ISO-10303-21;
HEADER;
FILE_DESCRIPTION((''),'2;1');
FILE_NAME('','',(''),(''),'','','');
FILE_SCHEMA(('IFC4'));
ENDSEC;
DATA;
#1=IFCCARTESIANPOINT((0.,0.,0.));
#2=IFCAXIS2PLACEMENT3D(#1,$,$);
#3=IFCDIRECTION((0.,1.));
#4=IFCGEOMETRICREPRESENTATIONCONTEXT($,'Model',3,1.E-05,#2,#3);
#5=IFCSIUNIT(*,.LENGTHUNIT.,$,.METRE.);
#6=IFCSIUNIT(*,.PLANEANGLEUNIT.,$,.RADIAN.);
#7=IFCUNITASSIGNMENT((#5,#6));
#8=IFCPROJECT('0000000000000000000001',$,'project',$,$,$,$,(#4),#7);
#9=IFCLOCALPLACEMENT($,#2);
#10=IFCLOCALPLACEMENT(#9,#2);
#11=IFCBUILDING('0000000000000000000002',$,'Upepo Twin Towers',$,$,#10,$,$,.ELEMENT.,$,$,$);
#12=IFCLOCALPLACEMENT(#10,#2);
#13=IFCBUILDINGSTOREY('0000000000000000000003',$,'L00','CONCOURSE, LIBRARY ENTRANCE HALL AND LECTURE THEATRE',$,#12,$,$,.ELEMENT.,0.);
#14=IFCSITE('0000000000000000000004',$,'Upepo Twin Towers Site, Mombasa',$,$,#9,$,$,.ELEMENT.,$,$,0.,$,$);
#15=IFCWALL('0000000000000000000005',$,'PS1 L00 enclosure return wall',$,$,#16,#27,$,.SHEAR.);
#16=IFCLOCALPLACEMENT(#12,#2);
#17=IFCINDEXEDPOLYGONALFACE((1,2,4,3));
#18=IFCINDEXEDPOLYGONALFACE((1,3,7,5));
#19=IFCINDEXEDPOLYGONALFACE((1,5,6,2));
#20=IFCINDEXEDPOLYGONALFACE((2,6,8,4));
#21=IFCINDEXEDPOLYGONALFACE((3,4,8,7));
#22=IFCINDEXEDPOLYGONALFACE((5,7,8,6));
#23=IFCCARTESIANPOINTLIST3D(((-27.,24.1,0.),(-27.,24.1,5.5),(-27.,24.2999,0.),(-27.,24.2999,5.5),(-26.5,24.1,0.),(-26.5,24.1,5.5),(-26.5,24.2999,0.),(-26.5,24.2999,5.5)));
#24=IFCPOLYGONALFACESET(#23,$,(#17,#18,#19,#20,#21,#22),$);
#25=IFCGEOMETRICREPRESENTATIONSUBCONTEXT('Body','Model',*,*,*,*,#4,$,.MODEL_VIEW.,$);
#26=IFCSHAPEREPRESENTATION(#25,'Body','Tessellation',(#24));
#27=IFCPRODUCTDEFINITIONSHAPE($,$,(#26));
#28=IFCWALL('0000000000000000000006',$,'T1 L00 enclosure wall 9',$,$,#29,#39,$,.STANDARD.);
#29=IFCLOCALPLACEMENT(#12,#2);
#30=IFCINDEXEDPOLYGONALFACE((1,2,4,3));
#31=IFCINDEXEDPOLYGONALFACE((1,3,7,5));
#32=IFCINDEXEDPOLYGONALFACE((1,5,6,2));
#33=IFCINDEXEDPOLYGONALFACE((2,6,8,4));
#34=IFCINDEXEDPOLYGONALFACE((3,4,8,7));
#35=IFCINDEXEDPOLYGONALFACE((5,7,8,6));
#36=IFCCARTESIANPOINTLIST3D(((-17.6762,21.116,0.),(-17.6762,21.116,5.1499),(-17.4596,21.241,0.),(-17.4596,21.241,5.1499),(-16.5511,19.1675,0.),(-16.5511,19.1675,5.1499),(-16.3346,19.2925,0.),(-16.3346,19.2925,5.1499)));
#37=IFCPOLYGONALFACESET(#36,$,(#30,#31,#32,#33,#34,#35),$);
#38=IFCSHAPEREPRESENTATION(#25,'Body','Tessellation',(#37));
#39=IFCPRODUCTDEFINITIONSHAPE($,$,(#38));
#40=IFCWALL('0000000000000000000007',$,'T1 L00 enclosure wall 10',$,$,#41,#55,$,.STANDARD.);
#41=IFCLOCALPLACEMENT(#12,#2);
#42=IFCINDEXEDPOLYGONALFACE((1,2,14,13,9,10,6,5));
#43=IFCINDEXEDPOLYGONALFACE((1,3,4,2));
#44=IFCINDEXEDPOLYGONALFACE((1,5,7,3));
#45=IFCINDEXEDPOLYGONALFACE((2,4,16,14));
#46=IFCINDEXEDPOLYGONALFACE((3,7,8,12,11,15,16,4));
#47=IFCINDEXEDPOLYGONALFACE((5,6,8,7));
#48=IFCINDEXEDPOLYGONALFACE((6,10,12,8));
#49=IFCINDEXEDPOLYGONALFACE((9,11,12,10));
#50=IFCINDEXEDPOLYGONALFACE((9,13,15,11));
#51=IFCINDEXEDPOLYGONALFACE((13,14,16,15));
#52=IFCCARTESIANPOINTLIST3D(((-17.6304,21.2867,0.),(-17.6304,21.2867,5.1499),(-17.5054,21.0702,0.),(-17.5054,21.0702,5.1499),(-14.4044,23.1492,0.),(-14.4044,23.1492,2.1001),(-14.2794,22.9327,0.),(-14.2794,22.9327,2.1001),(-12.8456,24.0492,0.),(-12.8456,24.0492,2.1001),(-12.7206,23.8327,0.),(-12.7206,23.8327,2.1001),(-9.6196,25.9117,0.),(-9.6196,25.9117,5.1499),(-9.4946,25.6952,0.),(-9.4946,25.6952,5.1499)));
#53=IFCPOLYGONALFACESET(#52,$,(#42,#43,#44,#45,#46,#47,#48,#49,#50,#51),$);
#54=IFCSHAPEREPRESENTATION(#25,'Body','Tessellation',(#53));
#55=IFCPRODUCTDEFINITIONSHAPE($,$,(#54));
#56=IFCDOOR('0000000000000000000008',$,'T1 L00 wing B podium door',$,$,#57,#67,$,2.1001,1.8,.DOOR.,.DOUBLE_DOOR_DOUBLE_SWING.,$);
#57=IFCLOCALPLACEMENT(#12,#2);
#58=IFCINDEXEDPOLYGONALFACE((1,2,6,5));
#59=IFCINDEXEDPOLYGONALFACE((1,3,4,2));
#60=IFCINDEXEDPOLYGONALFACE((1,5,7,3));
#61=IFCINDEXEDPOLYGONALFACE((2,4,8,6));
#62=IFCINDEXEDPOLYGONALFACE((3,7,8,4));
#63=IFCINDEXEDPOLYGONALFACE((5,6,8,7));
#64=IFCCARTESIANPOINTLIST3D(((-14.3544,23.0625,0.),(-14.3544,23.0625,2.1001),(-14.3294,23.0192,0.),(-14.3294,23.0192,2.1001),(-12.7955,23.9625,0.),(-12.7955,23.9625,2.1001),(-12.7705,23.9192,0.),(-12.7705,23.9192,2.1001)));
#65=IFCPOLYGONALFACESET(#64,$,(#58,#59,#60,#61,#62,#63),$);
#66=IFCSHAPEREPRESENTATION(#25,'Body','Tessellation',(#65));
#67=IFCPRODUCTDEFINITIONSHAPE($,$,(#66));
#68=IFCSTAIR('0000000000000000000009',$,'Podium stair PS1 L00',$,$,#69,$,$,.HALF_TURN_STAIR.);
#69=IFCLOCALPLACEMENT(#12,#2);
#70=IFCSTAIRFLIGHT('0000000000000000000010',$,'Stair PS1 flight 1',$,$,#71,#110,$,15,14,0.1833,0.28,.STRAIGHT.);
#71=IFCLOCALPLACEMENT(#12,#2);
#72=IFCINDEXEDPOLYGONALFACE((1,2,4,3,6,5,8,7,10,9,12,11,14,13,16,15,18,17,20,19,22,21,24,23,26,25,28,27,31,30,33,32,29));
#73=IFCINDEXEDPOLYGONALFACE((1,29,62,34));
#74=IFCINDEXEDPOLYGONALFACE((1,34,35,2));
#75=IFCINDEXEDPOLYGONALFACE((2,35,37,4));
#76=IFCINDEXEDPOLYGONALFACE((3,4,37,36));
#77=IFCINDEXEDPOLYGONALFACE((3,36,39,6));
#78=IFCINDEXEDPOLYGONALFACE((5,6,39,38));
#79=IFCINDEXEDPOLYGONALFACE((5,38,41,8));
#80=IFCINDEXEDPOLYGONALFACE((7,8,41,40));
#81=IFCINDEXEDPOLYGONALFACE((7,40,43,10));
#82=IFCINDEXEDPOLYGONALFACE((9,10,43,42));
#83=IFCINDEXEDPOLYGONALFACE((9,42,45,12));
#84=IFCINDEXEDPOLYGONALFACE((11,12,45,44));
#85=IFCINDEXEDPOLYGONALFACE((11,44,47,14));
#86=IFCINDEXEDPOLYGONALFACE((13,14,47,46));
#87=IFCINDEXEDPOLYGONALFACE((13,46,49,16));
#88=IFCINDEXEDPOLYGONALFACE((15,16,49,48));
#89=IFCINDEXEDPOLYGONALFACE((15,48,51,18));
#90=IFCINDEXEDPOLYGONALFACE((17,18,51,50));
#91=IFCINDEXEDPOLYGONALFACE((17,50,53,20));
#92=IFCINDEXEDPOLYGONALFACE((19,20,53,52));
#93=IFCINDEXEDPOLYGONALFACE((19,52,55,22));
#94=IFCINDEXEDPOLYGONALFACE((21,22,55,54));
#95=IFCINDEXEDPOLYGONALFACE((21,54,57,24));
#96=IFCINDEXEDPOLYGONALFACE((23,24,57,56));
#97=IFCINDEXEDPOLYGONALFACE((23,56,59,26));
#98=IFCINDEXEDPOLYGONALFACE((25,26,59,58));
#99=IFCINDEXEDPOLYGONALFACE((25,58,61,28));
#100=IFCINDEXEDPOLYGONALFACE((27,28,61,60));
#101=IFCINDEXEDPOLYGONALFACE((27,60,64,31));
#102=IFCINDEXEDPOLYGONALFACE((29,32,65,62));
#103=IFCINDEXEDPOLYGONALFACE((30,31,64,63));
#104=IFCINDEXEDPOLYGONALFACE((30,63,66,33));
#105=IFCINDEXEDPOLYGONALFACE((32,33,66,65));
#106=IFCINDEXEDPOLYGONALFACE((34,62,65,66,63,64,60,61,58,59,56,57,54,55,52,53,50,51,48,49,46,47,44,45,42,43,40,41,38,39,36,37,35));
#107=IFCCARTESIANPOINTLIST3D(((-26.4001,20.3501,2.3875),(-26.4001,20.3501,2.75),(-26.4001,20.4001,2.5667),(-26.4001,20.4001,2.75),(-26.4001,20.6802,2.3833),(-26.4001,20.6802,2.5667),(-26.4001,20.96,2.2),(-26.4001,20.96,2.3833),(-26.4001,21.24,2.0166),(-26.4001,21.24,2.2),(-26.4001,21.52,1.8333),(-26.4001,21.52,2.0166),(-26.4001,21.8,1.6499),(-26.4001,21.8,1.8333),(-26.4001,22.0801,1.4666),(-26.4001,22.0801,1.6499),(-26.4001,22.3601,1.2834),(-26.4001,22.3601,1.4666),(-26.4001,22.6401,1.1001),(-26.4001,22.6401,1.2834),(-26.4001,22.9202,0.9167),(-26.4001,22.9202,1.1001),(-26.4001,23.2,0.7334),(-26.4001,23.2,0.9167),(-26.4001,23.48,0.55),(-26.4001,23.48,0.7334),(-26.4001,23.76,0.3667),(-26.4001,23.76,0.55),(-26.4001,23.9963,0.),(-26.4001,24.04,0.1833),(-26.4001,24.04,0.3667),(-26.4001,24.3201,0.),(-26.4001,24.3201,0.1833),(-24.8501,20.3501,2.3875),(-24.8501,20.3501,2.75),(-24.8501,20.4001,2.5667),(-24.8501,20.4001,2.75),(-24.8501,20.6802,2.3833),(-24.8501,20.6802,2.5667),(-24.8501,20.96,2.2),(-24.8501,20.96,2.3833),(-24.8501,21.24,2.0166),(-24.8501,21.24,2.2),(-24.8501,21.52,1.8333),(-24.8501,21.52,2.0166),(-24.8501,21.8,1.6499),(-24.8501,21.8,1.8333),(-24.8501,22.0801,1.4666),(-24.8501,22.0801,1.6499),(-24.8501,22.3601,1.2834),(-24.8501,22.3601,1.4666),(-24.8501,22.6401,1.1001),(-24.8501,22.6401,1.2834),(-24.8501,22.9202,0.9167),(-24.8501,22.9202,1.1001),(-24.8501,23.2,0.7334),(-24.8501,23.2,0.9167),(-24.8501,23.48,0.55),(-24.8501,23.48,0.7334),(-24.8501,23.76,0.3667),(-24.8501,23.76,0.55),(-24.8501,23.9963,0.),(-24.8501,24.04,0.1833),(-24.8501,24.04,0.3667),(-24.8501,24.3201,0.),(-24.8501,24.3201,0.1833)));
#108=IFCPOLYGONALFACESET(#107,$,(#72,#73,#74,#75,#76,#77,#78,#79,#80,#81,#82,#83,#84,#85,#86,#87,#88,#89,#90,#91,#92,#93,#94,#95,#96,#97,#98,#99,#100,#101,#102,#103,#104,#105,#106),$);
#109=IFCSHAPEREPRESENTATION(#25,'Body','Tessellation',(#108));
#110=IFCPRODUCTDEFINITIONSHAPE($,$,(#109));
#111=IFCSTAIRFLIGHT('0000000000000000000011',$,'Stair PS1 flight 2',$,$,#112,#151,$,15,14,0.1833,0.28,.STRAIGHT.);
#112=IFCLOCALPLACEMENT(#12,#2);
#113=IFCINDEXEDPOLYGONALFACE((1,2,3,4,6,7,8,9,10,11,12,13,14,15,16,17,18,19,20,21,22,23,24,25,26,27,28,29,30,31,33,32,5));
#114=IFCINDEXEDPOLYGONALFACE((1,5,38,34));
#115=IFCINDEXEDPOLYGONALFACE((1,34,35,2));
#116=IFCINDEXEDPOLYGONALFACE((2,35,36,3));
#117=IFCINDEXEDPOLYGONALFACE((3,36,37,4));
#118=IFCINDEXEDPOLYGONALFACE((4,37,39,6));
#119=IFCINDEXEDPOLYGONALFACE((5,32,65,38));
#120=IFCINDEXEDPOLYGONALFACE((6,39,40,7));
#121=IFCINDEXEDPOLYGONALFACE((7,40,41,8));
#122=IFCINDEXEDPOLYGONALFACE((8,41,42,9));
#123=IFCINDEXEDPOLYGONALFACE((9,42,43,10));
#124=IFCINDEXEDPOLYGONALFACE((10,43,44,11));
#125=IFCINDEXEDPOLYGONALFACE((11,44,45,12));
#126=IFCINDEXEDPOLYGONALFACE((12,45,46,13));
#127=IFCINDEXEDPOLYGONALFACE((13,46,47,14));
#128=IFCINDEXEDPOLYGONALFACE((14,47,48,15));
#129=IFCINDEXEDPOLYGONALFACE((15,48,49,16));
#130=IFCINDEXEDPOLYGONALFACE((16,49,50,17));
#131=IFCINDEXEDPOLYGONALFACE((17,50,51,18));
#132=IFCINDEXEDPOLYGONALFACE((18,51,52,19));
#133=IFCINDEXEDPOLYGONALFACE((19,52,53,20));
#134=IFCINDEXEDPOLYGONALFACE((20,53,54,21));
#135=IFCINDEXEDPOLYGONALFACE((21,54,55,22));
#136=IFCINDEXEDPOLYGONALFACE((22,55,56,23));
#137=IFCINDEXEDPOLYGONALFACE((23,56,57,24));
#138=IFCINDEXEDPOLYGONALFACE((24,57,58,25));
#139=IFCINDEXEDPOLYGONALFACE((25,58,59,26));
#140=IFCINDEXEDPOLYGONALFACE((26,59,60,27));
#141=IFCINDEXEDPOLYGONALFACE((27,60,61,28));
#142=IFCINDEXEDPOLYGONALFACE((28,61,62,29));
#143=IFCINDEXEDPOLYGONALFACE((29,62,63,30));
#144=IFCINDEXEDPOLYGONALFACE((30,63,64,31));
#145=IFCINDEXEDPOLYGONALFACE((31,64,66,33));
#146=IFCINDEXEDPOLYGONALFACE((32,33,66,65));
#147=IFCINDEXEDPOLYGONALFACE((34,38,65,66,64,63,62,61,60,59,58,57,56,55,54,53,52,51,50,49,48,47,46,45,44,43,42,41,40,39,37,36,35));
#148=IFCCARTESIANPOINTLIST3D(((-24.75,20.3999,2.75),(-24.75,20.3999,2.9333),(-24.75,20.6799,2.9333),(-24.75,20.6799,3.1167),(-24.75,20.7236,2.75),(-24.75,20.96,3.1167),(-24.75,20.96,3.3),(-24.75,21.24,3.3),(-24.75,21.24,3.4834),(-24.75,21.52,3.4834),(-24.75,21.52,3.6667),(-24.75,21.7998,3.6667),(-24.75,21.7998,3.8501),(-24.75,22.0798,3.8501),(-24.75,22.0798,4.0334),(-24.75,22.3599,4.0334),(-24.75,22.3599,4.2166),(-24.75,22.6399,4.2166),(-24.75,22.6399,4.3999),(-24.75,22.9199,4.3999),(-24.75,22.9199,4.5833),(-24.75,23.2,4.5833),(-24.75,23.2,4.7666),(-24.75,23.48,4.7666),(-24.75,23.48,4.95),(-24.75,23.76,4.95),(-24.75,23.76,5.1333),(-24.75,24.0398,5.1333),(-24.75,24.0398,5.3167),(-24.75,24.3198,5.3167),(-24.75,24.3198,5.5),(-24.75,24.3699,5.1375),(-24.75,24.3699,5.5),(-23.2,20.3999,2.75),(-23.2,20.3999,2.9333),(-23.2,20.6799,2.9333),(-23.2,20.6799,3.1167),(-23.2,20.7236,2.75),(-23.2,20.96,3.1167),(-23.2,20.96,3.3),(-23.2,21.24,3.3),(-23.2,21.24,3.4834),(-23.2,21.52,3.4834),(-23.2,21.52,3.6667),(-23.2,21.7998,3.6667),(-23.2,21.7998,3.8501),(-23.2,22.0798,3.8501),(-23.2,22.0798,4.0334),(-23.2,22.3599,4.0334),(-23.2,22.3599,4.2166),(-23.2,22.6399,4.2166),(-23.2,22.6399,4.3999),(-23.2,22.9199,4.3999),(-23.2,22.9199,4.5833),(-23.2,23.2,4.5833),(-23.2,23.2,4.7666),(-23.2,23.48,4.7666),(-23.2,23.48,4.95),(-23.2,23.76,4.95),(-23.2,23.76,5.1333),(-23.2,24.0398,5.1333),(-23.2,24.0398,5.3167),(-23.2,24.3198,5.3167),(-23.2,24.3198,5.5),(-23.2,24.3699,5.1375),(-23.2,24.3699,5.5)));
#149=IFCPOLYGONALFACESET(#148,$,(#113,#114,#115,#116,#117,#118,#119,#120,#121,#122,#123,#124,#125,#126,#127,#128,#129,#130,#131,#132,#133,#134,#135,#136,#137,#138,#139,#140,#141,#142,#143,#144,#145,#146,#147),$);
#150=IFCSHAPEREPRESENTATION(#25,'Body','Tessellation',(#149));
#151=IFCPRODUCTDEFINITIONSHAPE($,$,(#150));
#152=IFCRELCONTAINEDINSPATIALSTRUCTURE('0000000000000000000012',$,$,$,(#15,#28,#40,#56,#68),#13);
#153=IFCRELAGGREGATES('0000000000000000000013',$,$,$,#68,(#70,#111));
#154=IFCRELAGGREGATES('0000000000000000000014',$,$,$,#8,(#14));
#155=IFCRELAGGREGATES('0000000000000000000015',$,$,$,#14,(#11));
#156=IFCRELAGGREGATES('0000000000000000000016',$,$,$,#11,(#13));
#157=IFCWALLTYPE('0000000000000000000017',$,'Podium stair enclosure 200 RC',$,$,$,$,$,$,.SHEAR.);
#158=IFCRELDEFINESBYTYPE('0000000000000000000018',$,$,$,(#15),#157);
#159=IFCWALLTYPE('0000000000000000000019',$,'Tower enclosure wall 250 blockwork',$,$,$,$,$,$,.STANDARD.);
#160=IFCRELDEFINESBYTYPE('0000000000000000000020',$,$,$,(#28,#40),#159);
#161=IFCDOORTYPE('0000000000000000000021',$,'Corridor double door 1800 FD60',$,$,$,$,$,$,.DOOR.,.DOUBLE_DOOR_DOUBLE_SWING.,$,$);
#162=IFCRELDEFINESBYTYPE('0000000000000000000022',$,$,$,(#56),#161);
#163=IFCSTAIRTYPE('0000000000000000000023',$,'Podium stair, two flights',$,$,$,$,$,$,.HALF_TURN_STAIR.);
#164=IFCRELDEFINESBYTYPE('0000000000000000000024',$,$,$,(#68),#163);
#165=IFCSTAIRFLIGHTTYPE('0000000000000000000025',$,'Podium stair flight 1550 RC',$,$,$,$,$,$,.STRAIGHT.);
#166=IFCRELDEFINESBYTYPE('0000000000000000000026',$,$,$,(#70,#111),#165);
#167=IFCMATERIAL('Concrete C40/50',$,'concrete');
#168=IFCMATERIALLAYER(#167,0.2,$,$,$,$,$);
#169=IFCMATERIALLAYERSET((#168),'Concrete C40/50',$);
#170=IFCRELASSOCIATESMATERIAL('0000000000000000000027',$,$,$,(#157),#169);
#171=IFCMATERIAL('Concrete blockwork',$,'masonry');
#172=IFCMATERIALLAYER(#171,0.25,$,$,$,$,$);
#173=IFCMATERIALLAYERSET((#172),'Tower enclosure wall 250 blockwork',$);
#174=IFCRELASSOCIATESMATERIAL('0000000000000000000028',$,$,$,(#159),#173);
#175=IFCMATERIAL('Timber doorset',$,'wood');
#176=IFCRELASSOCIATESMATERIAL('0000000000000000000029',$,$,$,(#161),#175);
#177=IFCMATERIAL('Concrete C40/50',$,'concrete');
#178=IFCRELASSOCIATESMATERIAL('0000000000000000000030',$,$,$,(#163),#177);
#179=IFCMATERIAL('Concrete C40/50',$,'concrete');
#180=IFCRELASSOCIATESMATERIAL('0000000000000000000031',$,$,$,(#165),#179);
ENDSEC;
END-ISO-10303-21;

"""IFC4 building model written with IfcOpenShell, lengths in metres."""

from ifc_helpers import new_model, si_unit, direction, frame, frame_2d, origin, place, context, subcontext, project, spatial, polyline, rectangle, outline, extrude, material, layer, layer_set, type_object, element, fill, aggregate, save


model = new_model("IFC4")

# Units and contexts
model_context = context("Model", 3, precision=1e-05, world=origin(), true_north=direction((0.0, 1.0)))
body_context = subcontext(model_context, "Body", "Model", "MODEL_VIEW")
ifc_project = project(units=[si_unit("LENGTHUNIT", "METRE"), si_unit("PLANEANGLEUNIT", "RADIAN")], contexts=[model_context])

# Site, building, storey
site_placement = place(None, origin())
site = spatial("IfcSite", under=ifc_project, at=site_placement, Name="Upepo Twin Towers Site, Mombasa", CompositionType="ELEMENT", RefElevation=0.0)
building_placement = place(site_placement, origin())
building = spatial("IfcBuilding", under=site, at=building_placement, Name="Upepo Twin Towers", CompositionType="ELEMENT")
storey_placement = place(building_placement, origin())
storey = spatial("IfcBuildingStorey", under=building, at=storey_placement, Name="L00", Description="CONCOURSE, LIBRARY ENTRANCE HALL AND LECTURE THEATRE", CompositionType="ELEMENT", Elevation=0.0)

# Shared definitions
ifc_material_1 = material(Name="Concrete C40/50", Category="concrete")
ifc_layer_1 = layer(ifc_material_1, 0.2)
ifc_layer_set_1 = layer_set([ifc_layer_1], Name="Concrete C40/50")
wall_type_1 = type_object("IfcWallType", Name="Podium stair enclosure 200 RC", PredefinedType="SHEAR", material=ifc_layer_set_1)

# Walls
wall_1_placement = place(storey_placement, frame((-26.5, 24.2, 0.0), z_axis=(0.0, 0.0, 1.0), x_axis=(-1.0, 0.0, 0.0)))
element("IfcWall", 1, at=wall_1_placement, inside=storey, type_object=wall_type_1, Name="PS1 L00 enclosure return wall", PredefinedType="SHEAR", context=body_context, shape_type="SweptSolid", body=[
    extrude(rectangle(XDim=0.5, YDim=0.2, at=frame_2d((0.25, 0.0))), origin(), (0.0, 0.0, 1.0), 5.5),
])
ifc_material_2 = material(Name="Concrete blockwork", Category="masonry")
ifc_layer_2 = layer(ifc_material_2, 0.25)
ifc_layer_set_2 = layer_set([ifc_layer_2], Name="Tower enclosure wall 250 blockwork")
wall_type_2 = type_object("IfcWallType", Name="Tower enclosure wall 250 blockwork", PredefinedType="STANDARD", material=ifc_layer_set_2)
wall_2_placement = place(storey_placement, frame((-16.4429, 19.23, 0.0), z_axis=(0.0, 0.0, 1.0), x_axis=(-0.500014, 0.866018, 0.0)))
element("IfcWall", 2, at=wall_2_placement, inside=storey, type_object=wall_type_2, Name="T1 L00 enclosure wall 9", PredefinedType="STANDARD", context=body_context, shape_type="SweptSolid", body=[
    extrude(rectangle(XDim=2.25, YDim=0.25, at=frame_2d((1.125, 0.0))), origin(), (0.0, 0.0, 1.0), 5.1499),
])

# Wall, opening, door
wall_3_placement = place(storey_placement, frame((-17.5679, 21.1785, 0.0), z_axis=(0.0, 0.0, 1.0), x_axis=(0.866026, 0.5, 0.0)))
wall_3 = element("IfcWall", 3, at=wall_3_placement, inside=storey, type_object=wall_type_2, Name="T1 L00 enclosure wall 10", PredefinedType="STANDARD", context=body_context, shape_type="SweptSolid", body=[
    extrude(rectangle(XDim=9.25, YDim=0.25, at=frame_2d((4.625, 0.0))), origin(), (0.0, 0.0, 1.0), 5.1499),
])
opening_1_placement = place(wall_3_placement, frame((3.7251, 0.0, 0.0)))
opening_1 = element("IfcOpeningElement", 4, at=opening_1_placement, cuts=wall_3, PredefinedType="OPENING", context=body_context, shape_type="SweptSolid", body=[
    extrude(rectangle(XDim=1.8, YDim=2.1001, at=frame_2d((0.8999, 1.05))), frame((0.0, 0.135, 0.0), z_axis=(0.0, -1.0, 0.0), x_axis=(1.0, 0.0, 0.0)), (0.0, 0.0, 1.0), 0.27),
])
ifc_material_3 = material(Name="Timber doorset", Category="wood")
door_type_1 = type_object("IfcDoorType", Name="Corridor double door 1800 FD60", OperationType="DOUBLE_DOOR_DOUBLE_SWING", PredefinedType="DOOR", material=ifc_material_3)
door_1_placement = place(opening_1_placement, origin())
door_1 = element("IfcDoor", 5, at=door_1_placement, inside=storey, type_object=door_type_1, Name="T1 L00 wing B podium door", OperationType="DOUBLE_DOOR_DOUBLE_SWING", OverallHeight=2.1001, OverallWidth=1.8, PredefinedType="DOOR", context=body_context, shape_type="SweptSolid", body=[
    extrude(rectangle(XDim=1.8, YDim=2.1001, at=frame_2d((0.8999, 1.05))), frame((0.0, 0.0249, 0.0), z_axis=(0.0, -1.0, 0.0), x_axis=(1.0, 0.0, 0.0)), (0.0, 0.0, 1.0), 0.05),
])
fill(opening_1, door_1)

# Stair, stair flights
ifc_material_4 = material(Name="Concrete C40/50", Category="concrete")
stair_type = type_object("IfcStairType", Name="Podium stair, two flights", PredefinedType="HALF_TURN_STAIR", material=ifc_material_4)
stair_placement = place(storey_placement, origin())
stair = element("IfcStair", 6, at=stair_placement, inside=storey, type_object=stair_type, Name="Podium stair PS1 L00", PredefinedType="HALF_TURN_STAIR")
ifc_material_5 = material(Name="Concrete C40/50", Category="concrete")
stair_flight_type = type_object("IfcStairFlightType", Name="Podium stair flight 1550 RC", PredefinedType="STRAIGHT", material=ifc_material_5)
stair_flight_1_placement = place(storey_placement, frame((-25.625, 24.3201, 0.0), z_axis=(0.0, 0.0, 1.0), x_axis=(0.0, -1.0, 0.0)))
stair_flight_1 = element("IfcStairFlight", 7, at=stair_flight_1_placement, type_object=stair_flight_type, Name="Stair PS1 flight 1", NumberOfRisers=15, NumberOfTreads=14, PredefinedType="STRAIGHT", RiserHeight=0.1833, TreadLength=0.28, context=body_context, shape_type="SweptSolid", body=[
    extrude(outline(polyline([(0.0, 0.0), (0.0, 0.1833), (0.28, 0.1833), (0.28, 0.3667), (0.5601, 0.3667), (0.5601, 0.55), (0.8401, 0.55), (0.8401, 0.7334), (1.1201, 0.7334), (1.1201, 0.9167), (1.3999, 0.9167), (1.3999, 1.1001), (1.6799, 1.1001), (1.6799, 1.2834), (1.96, 1.2834), (1.96, 1.4666), (2.24, 1.4666), (2.24, 1.6499), (2.52, 1.6499), (2.52, 1.8333), (2.8, 1.8333), (2.8, 2.0166), (3.0801, 2.0166), (3.0801, 2.2), (3.3601, 2.2), (3.3601, 2.3833), (3.6399, 2.3833), (3.6399, 2.5667), (3.9199, 2.5667), (3.9199, 2.75), (3.97, 2.75), (3.97, 2.3875), (0.3237, 0.0), (0.0, 0.0)])), frame((0.0, 0.7749, 0.0), z_axis=(0.0, -1.0, 0.0), x_axis=(1.0, 0.0, 0.0)), (0.0, 0.0, 1.0), 1.55),
])
stair_flight_2_placement = place(storey_placement, frame((-23.9751, 20.3999, 2.75), z_axis=(0.0, 0.0, 1.0), x_axis=(0.0, 1.0, 0.0)))
stair_flight_2 = element("IfcStairFlight", 8, at=stair_flight_2_placement, type_object=stair_flight_type, Name="Stair PS1 flight 2", NumberOfRisers=15, NumberOfTreads=14, PredefinedType="STRAIGHT", RiserHeight=0.1833, TreadLength=0.28, context=body_context, shape_type="SweptSolid", body=[
    extrude(outline(polyline([(0.0, 0.0), (0.0, 0.1833), (0.28, 0.1833), (0.28, 0.3667), (0.5601, 0.3667), (0.5601, 0.55), (0.8401, 0.55), (0.8401, 0.7334), (1.1201, 0.7334), (1.1201, 0.9167), (1.3999, 0.9167), (1.3999, 1.1001), (1.6799, 1.1001), (1.6799, 1.2834), (1.96, 1.2834), (1.96, 1.4666), (2.24, 1.4666), (2.24, 1.6499), (2.52, 1.6499), (2.52, 1.8333), (2.8, 1.8333), (2.8, 2.0166), (3.0801, 2.0166), (3.0801, 2.2), (3.3601, 2.2), (3.3601, 2.3833), (3.6399, 2.3833), (3.6399, 2.5667), (3.9199, 2.5667), (3.9199, 2.75), (3.97, 2.75), (3.97, 2.3875), (0.3237, 0.0), (0.0, 0.0)])), frame((0.0, 0.7749, 0.0), z_axis=(0.0, -1.0, 0.0), x_axis=(1.0, 0.0, 0.0)), (0.0, 0.0, 1.0), 1.55),
])
aggregate(stair, [stair_flight_1, stair_flight_2])

save(model, "model.ifc")
